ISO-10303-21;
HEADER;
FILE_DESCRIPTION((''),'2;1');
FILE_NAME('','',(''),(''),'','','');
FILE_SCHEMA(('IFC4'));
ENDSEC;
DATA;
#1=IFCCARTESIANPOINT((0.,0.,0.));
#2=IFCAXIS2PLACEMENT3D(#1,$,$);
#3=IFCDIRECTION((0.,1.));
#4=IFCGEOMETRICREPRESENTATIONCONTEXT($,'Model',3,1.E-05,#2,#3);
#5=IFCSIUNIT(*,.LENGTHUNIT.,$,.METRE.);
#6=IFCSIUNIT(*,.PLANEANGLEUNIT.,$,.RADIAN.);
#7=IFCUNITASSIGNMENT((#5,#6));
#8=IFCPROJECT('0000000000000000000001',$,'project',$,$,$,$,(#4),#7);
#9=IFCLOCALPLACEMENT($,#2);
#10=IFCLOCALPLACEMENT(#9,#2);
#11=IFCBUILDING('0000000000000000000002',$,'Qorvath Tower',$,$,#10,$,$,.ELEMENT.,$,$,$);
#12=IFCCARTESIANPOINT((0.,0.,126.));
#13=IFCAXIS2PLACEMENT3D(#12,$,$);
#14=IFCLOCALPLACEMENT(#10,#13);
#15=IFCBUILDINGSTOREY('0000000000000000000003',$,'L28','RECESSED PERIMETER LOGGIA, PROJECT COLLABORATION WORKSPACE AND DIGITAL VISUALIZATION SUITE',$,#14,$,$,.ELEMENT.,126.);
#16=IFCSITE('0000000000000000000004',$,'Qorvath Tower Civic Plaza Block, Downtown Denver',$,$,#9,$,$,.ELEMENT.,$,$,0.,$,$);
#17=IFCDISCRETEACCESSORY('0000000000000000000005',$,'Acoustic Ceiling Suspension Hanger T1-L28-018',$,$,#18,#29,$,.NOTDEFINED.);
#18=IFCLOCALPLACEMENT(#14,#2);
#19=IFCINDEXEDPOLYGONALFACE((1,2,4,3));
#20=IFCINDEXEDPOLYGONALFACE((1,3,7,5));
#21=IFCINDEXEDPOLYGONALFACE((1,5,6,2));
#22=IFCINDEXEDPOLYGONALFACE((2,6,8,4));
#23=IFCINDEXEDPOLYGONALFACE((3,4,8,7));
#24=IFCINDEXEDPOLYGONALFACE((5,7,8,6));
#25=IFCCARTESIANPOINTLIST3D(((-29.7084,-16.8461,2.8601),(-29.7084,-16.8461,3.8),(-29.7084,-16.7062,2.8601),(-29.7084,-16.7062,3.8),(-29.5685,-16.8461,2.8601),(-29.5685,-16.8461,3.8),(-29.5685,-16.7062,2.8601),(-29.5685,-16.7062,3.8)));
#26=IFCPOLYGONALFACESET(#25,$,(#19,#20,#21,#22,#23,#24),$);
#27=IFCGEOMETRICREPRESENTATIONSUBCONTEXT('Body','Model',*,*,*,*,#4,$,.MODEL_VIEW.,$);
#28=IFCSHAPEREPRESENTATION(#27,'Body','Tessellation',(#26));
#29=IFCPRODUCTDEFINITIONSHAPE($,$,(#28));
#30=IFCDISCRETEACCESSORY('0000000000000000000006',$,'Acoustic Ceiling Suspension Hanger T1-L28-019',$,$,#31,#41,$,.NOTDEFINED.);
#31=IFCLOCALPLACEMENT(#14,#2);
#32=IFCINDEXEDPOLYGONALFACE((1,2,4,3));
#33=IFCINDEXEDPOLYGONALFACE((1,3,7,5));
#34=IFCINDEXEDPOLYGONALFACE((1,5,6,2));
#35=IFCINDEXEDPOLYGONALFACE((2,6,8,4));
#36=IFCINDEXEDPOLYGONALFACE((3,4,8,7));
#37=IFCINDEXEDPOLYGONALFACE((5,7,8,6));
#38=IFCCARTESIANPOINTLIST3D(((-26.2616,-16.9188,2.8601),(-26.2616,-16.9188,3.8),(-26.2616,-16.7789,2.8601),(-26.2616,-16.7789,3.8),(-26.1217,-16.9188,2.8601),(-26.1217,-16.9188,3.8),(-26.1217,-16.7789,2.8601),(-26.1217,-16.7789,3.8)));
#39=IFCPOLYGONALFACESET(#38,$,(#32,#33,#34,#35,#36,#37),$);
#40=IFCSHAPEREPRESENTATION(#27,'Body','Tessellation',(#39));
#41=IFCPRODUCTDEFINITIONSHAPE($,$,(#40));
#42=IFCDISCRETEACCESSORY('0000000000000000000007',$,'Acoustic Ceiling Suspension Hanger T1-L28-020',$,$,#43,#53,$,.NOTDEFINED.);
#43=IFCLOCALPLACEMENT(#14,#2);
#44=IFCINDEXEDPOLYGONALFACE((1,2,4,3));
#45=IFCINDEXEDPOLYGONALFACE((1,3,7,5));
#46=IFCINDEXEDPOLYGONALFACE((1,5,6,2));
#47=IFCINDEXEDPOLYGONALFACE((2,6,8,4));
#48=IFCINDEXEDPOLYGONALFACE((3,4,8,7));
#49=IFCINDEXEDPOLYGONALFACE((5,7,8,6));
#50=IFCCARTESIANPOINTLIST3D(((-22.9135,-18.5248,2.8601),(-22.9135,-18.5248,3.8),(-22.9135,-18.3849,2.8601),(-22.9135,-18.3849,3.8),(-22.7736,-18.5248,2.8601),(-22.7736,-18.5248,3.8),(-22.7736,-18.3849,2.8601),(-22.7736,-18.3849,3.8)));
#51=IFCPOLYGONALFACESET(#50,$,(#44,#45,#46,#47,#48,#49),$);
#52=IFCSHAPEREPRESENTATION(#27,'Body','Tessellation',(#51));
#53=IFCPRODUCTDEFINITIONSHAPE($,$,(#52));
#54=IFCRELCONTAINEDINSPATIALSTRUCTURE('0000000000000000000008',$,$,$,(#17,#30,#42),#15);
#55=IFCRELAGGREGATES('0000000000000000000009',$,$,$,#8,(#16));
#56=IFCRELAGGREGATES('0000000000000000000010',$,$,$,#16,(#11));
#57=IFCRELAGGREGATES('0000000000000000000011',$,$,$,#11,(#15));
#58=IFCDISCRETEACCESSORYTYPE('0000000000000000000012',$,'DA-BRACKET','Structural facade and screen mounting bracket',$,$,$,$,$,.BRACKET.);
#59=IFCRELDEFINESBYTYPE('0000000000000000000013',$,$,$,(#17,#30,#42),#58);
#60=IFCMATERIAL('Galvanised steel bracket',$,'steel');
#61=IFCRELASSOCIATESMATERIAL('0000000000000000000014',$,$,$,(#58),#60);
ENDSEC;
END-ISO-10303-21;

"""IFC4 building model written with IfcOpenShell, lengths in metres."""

from ifc_helpers import new_model, si_unit, direction, frame, origin, origin_2d, place, context, subcontext, project, spatial, rectangle, extrude, material, type_object, element, save


model = new_model("IFC4")

# Units and contexts
model_context = context("Model", 3, precision=1e-05, world=origin(), true_north=direction((0.0, 1.0)))
body_context = subcontext(model_context, "Body", "Model", "MODEL_VIEW")
ifc_project = project(units=[si_unit("LENGTHUNIT", "METRE"), si_unit("PLANEANGLEUNIT", "RADIAN")], contexts=[model_context])

# Site, building, storey
site_placement = place(None, origin())
site = spatial("IfcSite", under=ifc_project, at=site_placement, Name="Qorvath Tower Civic Plaza Block, Downtown Denver", CompositionType="ELEMENT", RefElevation=0.0)
building_placement = place(site_placement, origin())
building = spatial("IfcBuilding", under=site, at=building_placement, Name="Qorvath Tower", CompositionType="ELEMENT")
storey_placement = place(building_placement, frame((0.0, 0.0, 126.0)))
storey = spatial("IfcBuildingStorey", under=building, at=storey_placement, Name="L28", Description="RECESSED PERIMETER LOGGIA, PROJECT COLLABORATION WORKSPACE AND DIGITAL VISUALIZATION SUITE", CompositionType="ELEMENT", Elevation=126.0)

# Discrete accessories
ifc_material_1 = material(Name="Galvanised steel bracket", Category="steel")
discrete_accessory_type = type_object("IfcDiscreteAccessoryType", Name="DA-BRACKET", Description="Structural facade and screen mounting bracket", PredefinedType="BRACKET", material=ifc_material_1)
for number, where, z_axis, x_axis, name in (
    (1, (-29.6384, -16.7761, 2.8601), (0.0, 0.0, 1.0), (1.0, 0.0, 0.0), "Acoustic Ceiling Suspension Hanger T1-L28-018"),
    (2, (-26.1917, -16.8489, 2.8601), (0.0, 0.0, 1.0), (1.0, 0.0, 0.0), "Acoustic Ceiling Suspension Hanger T1-L28-019"),
    (3, (-22.8435, -18.4548, 2.8601), (0.0, 0.0, 1.0), (1.0, 0.0, 0.0), "Acoustic Ceiling Suspension Hanger T1-L28-020"),
):
    element("IfcDiscreteAccessory", number, at=place(storey_placement, frame(where, z_axis=z_axis, x_axis=x_axis)), inside=storey, type_object=discrete_accessory_type, Name=name, PredefinedType="NOTDEFINED", context=body_context, shape_type="SweptSolid", body=[
        extrude(rectangle(XDim=0.1399, YDim=0.1399, at=origin_2d()), origin(), (0.0, 0.0, 1.0), 0.9399),
    ])

save(model, "model.ifc")
